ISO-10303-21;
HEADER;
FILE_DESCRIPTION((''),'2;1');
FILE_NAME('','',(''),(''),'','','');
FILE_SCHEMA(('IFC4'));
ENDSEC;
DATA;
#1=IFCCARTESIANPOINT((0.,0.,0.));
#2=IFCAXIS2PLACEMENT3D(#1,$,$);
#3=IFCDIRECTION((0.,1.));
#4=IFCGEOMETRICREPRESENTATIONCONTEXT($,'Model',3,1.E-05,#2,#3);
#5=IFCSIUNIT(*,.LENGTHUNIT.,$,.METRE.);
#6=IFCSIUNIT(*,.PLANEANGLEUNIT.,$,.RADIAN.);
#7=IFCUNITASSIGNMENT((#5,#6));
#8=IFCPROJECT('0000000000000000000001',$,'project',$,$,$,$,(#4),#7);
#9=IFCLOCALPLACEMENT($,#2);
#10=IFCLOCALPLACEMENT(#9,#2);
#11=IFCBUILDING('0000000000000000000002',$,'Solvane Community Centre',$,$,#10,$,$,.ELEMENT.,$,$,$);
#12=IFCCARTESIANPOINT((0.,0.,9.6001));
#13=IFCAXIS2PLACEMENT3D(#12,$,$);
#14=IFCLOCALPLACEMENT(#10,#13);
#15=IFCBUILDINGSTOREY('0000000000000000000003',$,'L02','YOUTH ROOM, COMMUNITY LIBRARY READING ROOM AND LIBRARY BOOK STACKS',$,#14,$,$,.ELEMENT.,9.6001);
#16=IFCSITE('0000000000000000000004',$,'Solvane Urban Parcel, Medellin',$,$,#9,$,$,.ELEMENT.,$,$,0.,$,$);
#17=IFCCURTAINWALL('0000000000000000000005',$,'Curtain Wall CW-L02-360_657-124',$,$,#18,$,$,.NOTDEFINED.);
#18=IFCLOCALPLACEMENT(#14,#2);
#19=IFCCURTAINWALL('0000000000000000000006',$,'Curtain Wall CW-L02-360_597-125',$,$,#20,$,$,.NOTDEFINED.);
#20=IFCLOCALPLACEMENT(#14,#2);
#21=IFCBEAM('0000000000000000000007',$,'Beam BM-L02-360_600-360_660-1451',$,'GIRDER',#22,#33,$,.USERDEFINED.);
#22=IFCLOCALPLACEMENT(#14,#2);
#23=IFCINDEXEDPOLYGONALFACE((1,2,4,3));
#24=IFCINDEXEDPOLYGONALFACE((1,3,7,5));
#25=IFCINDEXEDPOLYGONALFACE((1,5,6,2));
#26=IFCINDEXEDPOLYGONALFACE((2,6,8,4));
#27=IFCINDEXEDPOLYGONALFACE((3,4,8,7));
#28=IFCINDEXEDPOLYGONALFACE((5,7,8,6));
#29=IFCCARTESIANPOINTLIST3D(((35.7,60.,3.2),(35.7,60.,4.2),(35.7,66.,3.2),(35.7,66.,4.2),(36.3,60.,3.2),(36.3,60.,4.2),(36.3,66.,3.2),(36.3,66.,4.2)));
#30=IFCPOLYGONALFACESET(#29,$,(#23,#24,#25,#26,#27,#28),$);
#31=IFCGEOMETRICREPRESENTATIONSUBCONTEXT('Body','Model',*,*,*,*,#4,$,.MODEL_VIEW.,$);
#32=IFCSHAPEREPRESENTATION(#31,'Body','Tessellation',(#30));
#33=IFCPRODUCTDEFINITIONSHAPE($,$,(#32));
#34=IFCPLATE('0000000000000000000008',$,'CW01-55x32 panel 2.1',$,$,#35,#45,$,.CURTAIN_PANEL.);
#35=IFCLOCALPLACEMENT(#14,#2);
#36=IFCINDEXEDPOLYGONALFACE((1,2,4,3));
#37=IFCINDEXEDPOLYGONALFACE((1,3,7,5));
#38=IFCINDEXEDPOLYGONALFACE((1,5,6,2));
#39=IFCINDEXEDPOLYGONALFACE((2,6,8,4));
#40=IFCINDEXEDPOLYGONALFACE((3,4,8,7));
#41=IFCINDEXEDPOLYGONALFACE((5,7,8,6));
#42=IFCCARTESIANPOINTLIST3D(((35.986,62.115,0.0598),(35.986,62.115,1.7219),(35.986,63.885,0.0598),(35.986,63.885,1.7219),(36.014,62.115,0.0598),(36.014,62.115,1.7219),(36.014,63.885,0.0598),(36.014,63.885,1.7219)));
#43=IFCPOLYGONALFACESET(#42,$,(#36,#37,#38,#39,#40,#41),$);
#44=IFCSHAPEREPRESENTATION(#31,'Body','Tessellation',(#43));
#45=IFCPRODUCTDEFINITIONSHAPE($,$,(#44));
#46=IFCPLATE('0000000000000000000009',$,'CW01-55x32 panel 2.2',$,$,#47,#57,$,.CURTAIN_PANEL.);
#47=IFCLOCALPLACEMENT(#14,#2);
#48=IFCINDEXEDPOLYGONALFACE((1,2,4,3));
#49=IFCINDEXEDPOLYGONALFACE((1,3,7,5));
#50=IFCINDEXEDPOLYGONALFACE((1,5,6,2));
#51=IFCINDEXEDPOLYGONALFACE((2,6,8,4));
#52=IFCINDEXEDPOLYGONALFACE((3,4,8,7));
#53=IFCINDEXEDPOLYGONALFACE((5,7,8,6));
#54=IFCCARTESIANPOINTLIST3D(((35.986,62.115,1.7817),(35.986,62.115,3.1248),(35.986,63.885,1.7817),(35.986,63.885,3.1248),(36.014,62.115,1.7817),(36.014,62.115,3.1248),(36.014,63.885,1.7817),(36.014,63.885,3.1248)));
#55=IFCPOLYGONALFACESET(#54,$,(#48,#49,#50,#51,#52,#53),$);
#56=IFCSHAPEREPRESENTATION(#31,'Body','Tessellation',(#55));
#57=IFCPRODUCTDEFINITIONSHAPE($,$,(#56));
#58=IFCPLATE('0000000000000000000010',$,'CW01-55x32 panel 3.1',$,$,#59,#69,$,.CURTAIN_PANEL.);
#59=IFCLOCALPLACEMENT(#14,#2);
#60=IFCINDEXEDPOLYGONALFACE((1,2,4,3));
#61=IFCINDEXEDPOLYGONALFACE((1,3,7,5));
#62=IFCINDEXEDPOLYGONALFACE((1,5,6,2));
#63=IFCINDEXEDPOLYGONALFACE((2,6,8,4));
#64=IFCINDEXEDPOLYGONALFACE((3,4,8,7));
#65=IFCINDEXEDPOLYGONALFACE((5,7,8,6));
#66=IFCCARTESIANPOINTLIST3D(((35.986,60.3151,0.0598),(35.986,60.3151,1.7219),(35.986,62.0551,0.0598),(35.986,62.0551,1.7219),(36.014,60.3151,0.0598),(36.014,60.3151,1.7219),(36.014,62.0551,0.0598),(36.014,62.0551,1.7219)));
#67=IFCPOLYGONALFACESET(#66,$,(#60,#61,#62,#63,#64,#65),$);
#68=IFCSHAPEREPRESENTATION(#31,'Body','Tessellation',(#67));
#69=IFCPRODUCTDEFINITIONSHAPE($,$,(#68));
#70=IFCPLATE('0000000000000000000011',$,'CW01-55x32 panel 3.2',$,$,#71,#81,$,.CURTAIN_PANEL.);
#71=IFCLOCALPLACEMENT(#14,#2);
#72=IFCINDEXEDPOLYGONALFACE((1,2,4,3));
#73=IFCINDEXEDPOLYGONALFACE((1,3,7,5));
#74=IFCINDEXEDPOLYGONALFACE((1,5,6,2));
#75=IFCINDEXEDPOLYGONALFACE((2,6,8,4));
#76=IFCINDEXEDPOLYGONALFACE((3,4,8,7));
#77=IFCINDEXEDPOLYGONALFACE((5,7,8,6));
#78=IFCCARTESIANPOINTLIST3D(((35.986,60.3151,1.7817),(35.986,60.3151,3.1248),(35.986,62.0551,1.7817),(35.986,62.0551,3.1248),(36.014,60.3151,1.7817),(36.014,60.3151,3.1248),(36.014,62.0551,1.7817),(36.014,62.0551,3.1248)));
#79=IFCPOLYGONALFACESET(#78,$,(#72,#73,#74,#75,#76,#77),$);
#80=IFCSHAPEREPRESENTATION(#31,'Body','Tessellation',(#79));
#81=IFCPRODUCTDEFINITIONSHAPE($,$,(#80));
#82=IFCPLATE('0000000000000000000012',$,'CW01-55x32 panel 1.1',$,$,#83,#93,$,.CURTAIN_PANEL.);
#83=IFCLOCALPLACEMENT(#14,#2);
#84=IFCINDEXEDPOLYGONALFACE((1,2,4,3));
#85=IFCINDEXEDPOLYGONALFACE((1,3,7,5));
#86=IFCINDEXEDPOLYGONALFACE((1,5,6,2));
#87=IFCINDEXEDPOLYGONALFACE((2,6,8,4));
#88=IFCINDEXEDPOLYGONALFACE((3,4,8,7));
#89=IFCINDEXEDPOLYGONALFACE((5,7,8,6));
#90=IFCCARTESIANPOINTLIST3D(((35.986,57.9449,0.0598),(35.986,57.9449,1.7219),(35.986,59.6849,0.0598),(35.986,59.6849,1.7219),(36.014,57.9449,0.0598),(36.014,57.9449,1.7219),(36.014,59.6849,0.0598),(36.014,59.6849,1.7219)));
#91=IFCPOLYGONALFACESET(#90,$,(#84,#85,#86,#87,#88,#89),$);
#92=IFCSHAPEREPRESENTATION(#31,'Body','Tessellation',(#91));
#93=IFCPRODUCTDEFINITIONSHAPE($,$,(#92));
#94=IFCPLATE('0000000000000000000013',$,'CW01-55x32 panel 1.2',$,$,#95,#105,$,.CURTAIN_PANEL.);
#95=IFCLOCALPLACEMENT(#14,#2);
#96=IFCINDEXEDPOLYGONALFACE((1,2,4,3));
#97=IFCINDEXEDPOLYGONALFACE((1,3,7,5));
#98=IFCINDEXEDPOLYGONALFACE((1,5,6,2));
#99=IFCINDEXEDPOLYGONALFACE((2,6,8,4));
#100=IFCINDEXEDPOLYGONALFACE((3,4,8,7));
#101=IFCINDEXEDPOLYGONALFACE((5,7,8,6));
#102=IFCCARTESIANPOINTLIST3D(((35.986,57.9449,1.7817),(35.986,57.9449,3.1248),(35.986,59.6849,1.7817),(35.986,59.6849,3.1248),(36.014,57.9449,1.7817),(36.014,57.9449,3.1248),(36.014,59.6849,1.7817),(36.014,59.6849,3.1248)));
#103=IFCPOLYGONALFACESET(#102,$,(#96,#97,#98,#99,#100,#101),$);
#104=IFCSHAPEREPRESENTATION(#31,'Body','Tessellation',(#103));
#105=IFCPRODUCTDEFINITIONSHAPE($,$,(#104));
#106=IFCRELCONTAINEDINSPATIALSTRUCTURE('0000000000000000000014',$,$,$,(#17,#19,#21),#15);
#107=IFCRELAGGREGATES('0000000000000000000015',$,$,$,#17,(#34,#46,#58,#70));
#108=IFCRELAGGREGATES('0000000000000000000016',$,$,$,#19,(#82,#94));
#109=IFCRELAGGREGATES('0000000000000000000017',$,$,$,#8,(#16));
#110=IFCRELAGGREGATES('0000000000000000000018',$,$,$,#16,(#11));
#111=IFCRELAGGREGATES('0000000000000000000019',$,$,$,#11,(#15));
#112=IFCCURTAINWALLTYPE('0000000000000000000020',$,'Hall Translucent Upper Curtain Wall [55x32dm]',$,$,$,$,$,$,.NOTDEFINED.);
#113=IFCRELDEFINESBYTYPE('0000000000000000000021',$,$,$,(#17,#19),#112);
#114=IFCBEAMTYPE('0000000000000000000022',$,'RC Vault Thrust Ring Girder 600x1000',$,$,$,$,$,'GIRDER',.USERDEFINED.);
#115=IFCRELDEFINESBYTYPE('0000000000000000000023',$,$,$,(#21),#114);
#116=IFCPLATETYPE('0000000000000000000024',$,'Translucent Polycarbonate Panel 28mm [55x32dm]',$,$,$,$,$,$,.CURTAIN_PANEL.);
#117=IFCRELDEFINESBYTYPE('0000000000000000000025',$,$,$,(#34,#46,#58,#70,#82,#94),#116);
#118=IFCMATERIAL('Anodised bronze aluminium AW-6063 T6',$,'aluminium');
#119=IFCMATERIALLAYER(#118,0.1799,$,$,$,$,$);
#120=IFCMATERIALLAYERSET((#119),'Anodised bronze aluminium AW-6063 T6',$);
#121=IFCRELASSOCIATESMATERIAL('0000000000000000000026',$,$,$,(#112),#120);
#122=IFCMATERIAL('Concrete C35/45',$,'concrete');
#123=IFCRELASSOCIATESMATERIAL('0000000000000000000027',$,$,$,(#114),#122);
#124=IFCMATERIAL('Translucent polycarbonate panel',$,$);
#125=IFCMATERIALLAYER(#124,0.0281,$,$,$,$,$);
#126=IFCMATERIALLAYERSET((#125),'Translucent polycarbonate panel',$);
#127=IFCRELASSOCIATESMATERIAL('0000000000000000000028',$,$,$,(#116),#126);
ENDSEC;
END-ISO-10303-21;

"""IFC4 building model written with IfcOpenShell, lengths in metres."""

from ifc_helpers import new_model, si_unit, direction, frame, origin, origin_2d, place, context, subcontext, project, spatial, rectangle, extrude, material, layer, layer_set, material_profile, profile_set, type_object, element, aggregate, save


model = new_model("IFC4")

# Units and contexts
model_context = context("Model", 3, precision=1e-05, world=origin(), true_north=direction((0.0, 1.0)))
body_context = subcontext(model_context, "Body", "Model", "MODEL_VIEW")
ifc_project = project(units=[si_unit("LENGTHUNIT", "METRE"), si_unit("PLANEANGLEUNIT", "RADIAN")], contexts=[model_context])

# Site, building, storey
site_placement = place(None, origin())
site = spatial("IfcSite", under=ifc_project, at=site_placement, Name="Solvane Urban Parcel, Medellin", CompositionType="ELEMENT", RefElevation=0.0)
building_placement = place(site_placement, origin())
building = spatial("IfcBuilding", under=site, at=building_placement, Name="Solvane Community Centre", CompositionType="ELEMENT")
storey_placement = place(building_placement, frame((0.0, 0.0, 9.6001)))
storey = spatial("IfcBuildingStorey", under=building, at=storey_placement, Name="L02", Description="YOUTH ROOM, COMMUNITY LIBRARY READING ROOM AND LIBRARY BOOK STACKS", CompositionType="ELEMENT", Elevation=9.6001)

# Curtain wall
ifc_material_1 = material(Name="Anodised bronze aluminium AW-6063 T6", Category="aluminium")
ifc_layer_1 = layer(ifc_material_1, 0.1799)
ifc_layer_set_1 = layer_set([ifc_layer_1], Name="Anodised bronze aluminium AW-6063 T6")
curtain_wall_type = type_object("IfcCurtainWallType", Name="Hall Translucent Upper Curtain Wall [55x32dm]", PredefinedType="NOTDEFINED", material=ifc_layer_set_1)
curtain_wall_1_placement = place(storey_placement, origin())
curtain_wall_1 = element("IfcCurtainWall", 1, at=curtain_wall_1_placement, inside=storey, type_object=curtain_wall_type, Name="Curtain Wall CW-L02-360_657-124", PredefinedType="NOTDEFINED")

# Curtain wall
curtain_wall_2_placement = place(storey_placement, origin())
curtain_wall_2 = element("IfcCurtainWall", 2, at=curtain_wall_2_placement, inside=storey, type_object=curtain_wall_type, Name="Curtain Wall CW-L02-360_597-125", PredefinedType="NOTDEFINED")

# Beam
ifc_material_2 = material(Name="Concrete C35/45", Category="concrete")
ifc_material_profile_1 = material_profile(ifc_material_2, rectangle(XDim=0.6001, YDim=1.0, at=origin_2d()), Name="RC 600x1000")
ifc_profile_set_1 = profile_set([ifc_material_profile_1], Name="Concrete C35/45")
beam_type_1 = type_object("IfcBeamType", Name="RC Vault Thrust Ring Girder 600x1000", ElementType="GIRDER", PredefinedType="USERDEFINED", material=ifc_profile_set_1)
for number, where, z_axis, x_axis, name in (
    (3, (36.0, 60.0, 3.7), (0.0, 1.0, 0.0), (-1.0, 0.0, 0.0), "Beam BM-L02-360_600-360_660-1451"),
):
    element("IfcBeam", number, at=place(storey_placement, frame(where, z_axis=z_axis, x_axis=x_axis)), inside=storey, type_object=beam_type_1, Name=name, ObjectType="GIRDER", PredefinedType="USERDEFINED", context=body_context, shape_type="SweptSolid", body=[
        extrude(rectangle(XDim=0.6001, YDim=1.0, at=origin_2d()), origin(), (0.0, 0.0, 1.0), 6.0),
    ])

# Plates
ifc_material_3 = material(Name="Translucent polycarbonate panel")
ifc_layer_2 = layer(ifc_material_3, 0.0281)
ifc_layer_set_2 = layer_set([ifc_layer_2], Name="Translucent polycarbonate panel")
plate_type = type_object("IfcPlateType", Name="Translucent Polycarbonate Panel 28mm [55x32dm]", PredefinedType="CURTAIN_PANEL", material=ifc_layer_set_2)
plate_1_placement = place(storey_placement, frame((36.0, 63.0, 0.0598), z_axis=(0.0, 0.0, 1.0), x_axis=(0.0, -1.0, 0.0)))
plate_1 = element("IfcPlate", 4, at=plate_1_placement, type_object=plate_type, Name="CW01-55x32 panel 2.1", PredefinedType="CURTAIN_PANEL", context=body_context, shape_type="SweptSolid", body=[
    extrude(rectangle(XDim=1.77, YDim=0.0281, at=origin_2d()), origin(), (0.0, 0.0, 1.0), 1.6621),
])
plate_2_placement = place(storey_placement, frame((36.0, 63.0, 1.7817), z_axis=(0.0, 0.0, 1.0), x_axis=(0.0, -1.0, 0.0)))
plate_2 = element("IfcPlate", 5, at=plate_2_placement, type_object=plate_type, Name="CW01-55x32 panel 2.2", PredefinedType="CURTAIN_PANEL", context=body_context, shape_type="SweptSolid", body=[
    extrude(rectangle(XDim=1.77, YDim=0.0281, at=origin_2d()), origin(), (0.0, 0.0, 1.0), 1.343),
])
plate_3_placement = place(storey_placement, frame((36.0, 61.1851, 0.0598), z_axis=(0.0, 0.0, 1.0), x_axis=(0.0, -1.0, 0.0)))
plate_3 = element("IfcPlate", 6, at=plate_3_placement, type_object=plate_type, Name="CW01-55x32 panel 3.1", PredefinedType="CURTAIN_PANEL", context=body_context, shape_type="SweptSolid", body=[
    extrude(rectangle(XDim=1.74, YDim=0.0281, at=origin_2d()), origin(), (0.0, 0.0, 1.0), 1.6621),
])
plate_4_placement = place(storey_placement, frame((36.0, 61.1851, 1.7817), z_axis=(0.0, 0.0, 1.0), x_axis=(0.0, -1.0, 0.0)))
plate_4 = element("IfcPlate", 7, at=plate_4_placement, type_object=plate_type, Name="CW01-55x32 panel 3.2", PredefinedType="CURTAIN_PANEL", context=body_context, shape_type="SweptSolid", body=[
    extrude(rectangle(XDim=1.74, YDim=0.0281, at=origin_2d()), origin(), (0.0, 0.0, 1.0), 1.343),
])
aggregate(curtain_wall_1, [plate_1, plate_2, plate_3, plate_4])
plate_5_placement = place(storey_placement, frame((36.0, 58.8149, 0.0598), z_axis=(0.0, 0.0, 1.0), x_axis=(0.0, -1.0, 0.0)))
plate_5 = element("IfcPlate", 8, at=plate_5_placement, type_object=plate_type, Name="CW01-55x32 panel 1.1", PredefinedType="CURTAIN_PANEL", context=body_context, shape_type="SweptSolid", body=[
    extrude(rectangle(XDim=1.74, YDim=0.0281, at=origin_2d()), origin(), (0.0, 0.0, 1.0), 1.6621),
])
plate_6_placement = place(storey_placement, frame((36.0, 58.8149, 1.7817), z_axis=(0.0, 0.0, 1.0), x_axis=(0.0, -1.0, 0.0)))
plate_6 = element("IfcPlate", 9, at=plate_6_placement, type_object=plate_type, Name="CW01-55x32 panel 1.2", PredefinedType="CURTAIN_PANEL", context=body_context, shape_type="SweptSolid", body=[
    extrude(rectangle(XDim=1.74, YDim=0.0281, at=origin_2d()), origin(), (0.0, 0.0, 1.0), 1.343),
])
aggregate(curtain_wall_2, [plate_5, plate_6])

save(model, "model.ifc")
